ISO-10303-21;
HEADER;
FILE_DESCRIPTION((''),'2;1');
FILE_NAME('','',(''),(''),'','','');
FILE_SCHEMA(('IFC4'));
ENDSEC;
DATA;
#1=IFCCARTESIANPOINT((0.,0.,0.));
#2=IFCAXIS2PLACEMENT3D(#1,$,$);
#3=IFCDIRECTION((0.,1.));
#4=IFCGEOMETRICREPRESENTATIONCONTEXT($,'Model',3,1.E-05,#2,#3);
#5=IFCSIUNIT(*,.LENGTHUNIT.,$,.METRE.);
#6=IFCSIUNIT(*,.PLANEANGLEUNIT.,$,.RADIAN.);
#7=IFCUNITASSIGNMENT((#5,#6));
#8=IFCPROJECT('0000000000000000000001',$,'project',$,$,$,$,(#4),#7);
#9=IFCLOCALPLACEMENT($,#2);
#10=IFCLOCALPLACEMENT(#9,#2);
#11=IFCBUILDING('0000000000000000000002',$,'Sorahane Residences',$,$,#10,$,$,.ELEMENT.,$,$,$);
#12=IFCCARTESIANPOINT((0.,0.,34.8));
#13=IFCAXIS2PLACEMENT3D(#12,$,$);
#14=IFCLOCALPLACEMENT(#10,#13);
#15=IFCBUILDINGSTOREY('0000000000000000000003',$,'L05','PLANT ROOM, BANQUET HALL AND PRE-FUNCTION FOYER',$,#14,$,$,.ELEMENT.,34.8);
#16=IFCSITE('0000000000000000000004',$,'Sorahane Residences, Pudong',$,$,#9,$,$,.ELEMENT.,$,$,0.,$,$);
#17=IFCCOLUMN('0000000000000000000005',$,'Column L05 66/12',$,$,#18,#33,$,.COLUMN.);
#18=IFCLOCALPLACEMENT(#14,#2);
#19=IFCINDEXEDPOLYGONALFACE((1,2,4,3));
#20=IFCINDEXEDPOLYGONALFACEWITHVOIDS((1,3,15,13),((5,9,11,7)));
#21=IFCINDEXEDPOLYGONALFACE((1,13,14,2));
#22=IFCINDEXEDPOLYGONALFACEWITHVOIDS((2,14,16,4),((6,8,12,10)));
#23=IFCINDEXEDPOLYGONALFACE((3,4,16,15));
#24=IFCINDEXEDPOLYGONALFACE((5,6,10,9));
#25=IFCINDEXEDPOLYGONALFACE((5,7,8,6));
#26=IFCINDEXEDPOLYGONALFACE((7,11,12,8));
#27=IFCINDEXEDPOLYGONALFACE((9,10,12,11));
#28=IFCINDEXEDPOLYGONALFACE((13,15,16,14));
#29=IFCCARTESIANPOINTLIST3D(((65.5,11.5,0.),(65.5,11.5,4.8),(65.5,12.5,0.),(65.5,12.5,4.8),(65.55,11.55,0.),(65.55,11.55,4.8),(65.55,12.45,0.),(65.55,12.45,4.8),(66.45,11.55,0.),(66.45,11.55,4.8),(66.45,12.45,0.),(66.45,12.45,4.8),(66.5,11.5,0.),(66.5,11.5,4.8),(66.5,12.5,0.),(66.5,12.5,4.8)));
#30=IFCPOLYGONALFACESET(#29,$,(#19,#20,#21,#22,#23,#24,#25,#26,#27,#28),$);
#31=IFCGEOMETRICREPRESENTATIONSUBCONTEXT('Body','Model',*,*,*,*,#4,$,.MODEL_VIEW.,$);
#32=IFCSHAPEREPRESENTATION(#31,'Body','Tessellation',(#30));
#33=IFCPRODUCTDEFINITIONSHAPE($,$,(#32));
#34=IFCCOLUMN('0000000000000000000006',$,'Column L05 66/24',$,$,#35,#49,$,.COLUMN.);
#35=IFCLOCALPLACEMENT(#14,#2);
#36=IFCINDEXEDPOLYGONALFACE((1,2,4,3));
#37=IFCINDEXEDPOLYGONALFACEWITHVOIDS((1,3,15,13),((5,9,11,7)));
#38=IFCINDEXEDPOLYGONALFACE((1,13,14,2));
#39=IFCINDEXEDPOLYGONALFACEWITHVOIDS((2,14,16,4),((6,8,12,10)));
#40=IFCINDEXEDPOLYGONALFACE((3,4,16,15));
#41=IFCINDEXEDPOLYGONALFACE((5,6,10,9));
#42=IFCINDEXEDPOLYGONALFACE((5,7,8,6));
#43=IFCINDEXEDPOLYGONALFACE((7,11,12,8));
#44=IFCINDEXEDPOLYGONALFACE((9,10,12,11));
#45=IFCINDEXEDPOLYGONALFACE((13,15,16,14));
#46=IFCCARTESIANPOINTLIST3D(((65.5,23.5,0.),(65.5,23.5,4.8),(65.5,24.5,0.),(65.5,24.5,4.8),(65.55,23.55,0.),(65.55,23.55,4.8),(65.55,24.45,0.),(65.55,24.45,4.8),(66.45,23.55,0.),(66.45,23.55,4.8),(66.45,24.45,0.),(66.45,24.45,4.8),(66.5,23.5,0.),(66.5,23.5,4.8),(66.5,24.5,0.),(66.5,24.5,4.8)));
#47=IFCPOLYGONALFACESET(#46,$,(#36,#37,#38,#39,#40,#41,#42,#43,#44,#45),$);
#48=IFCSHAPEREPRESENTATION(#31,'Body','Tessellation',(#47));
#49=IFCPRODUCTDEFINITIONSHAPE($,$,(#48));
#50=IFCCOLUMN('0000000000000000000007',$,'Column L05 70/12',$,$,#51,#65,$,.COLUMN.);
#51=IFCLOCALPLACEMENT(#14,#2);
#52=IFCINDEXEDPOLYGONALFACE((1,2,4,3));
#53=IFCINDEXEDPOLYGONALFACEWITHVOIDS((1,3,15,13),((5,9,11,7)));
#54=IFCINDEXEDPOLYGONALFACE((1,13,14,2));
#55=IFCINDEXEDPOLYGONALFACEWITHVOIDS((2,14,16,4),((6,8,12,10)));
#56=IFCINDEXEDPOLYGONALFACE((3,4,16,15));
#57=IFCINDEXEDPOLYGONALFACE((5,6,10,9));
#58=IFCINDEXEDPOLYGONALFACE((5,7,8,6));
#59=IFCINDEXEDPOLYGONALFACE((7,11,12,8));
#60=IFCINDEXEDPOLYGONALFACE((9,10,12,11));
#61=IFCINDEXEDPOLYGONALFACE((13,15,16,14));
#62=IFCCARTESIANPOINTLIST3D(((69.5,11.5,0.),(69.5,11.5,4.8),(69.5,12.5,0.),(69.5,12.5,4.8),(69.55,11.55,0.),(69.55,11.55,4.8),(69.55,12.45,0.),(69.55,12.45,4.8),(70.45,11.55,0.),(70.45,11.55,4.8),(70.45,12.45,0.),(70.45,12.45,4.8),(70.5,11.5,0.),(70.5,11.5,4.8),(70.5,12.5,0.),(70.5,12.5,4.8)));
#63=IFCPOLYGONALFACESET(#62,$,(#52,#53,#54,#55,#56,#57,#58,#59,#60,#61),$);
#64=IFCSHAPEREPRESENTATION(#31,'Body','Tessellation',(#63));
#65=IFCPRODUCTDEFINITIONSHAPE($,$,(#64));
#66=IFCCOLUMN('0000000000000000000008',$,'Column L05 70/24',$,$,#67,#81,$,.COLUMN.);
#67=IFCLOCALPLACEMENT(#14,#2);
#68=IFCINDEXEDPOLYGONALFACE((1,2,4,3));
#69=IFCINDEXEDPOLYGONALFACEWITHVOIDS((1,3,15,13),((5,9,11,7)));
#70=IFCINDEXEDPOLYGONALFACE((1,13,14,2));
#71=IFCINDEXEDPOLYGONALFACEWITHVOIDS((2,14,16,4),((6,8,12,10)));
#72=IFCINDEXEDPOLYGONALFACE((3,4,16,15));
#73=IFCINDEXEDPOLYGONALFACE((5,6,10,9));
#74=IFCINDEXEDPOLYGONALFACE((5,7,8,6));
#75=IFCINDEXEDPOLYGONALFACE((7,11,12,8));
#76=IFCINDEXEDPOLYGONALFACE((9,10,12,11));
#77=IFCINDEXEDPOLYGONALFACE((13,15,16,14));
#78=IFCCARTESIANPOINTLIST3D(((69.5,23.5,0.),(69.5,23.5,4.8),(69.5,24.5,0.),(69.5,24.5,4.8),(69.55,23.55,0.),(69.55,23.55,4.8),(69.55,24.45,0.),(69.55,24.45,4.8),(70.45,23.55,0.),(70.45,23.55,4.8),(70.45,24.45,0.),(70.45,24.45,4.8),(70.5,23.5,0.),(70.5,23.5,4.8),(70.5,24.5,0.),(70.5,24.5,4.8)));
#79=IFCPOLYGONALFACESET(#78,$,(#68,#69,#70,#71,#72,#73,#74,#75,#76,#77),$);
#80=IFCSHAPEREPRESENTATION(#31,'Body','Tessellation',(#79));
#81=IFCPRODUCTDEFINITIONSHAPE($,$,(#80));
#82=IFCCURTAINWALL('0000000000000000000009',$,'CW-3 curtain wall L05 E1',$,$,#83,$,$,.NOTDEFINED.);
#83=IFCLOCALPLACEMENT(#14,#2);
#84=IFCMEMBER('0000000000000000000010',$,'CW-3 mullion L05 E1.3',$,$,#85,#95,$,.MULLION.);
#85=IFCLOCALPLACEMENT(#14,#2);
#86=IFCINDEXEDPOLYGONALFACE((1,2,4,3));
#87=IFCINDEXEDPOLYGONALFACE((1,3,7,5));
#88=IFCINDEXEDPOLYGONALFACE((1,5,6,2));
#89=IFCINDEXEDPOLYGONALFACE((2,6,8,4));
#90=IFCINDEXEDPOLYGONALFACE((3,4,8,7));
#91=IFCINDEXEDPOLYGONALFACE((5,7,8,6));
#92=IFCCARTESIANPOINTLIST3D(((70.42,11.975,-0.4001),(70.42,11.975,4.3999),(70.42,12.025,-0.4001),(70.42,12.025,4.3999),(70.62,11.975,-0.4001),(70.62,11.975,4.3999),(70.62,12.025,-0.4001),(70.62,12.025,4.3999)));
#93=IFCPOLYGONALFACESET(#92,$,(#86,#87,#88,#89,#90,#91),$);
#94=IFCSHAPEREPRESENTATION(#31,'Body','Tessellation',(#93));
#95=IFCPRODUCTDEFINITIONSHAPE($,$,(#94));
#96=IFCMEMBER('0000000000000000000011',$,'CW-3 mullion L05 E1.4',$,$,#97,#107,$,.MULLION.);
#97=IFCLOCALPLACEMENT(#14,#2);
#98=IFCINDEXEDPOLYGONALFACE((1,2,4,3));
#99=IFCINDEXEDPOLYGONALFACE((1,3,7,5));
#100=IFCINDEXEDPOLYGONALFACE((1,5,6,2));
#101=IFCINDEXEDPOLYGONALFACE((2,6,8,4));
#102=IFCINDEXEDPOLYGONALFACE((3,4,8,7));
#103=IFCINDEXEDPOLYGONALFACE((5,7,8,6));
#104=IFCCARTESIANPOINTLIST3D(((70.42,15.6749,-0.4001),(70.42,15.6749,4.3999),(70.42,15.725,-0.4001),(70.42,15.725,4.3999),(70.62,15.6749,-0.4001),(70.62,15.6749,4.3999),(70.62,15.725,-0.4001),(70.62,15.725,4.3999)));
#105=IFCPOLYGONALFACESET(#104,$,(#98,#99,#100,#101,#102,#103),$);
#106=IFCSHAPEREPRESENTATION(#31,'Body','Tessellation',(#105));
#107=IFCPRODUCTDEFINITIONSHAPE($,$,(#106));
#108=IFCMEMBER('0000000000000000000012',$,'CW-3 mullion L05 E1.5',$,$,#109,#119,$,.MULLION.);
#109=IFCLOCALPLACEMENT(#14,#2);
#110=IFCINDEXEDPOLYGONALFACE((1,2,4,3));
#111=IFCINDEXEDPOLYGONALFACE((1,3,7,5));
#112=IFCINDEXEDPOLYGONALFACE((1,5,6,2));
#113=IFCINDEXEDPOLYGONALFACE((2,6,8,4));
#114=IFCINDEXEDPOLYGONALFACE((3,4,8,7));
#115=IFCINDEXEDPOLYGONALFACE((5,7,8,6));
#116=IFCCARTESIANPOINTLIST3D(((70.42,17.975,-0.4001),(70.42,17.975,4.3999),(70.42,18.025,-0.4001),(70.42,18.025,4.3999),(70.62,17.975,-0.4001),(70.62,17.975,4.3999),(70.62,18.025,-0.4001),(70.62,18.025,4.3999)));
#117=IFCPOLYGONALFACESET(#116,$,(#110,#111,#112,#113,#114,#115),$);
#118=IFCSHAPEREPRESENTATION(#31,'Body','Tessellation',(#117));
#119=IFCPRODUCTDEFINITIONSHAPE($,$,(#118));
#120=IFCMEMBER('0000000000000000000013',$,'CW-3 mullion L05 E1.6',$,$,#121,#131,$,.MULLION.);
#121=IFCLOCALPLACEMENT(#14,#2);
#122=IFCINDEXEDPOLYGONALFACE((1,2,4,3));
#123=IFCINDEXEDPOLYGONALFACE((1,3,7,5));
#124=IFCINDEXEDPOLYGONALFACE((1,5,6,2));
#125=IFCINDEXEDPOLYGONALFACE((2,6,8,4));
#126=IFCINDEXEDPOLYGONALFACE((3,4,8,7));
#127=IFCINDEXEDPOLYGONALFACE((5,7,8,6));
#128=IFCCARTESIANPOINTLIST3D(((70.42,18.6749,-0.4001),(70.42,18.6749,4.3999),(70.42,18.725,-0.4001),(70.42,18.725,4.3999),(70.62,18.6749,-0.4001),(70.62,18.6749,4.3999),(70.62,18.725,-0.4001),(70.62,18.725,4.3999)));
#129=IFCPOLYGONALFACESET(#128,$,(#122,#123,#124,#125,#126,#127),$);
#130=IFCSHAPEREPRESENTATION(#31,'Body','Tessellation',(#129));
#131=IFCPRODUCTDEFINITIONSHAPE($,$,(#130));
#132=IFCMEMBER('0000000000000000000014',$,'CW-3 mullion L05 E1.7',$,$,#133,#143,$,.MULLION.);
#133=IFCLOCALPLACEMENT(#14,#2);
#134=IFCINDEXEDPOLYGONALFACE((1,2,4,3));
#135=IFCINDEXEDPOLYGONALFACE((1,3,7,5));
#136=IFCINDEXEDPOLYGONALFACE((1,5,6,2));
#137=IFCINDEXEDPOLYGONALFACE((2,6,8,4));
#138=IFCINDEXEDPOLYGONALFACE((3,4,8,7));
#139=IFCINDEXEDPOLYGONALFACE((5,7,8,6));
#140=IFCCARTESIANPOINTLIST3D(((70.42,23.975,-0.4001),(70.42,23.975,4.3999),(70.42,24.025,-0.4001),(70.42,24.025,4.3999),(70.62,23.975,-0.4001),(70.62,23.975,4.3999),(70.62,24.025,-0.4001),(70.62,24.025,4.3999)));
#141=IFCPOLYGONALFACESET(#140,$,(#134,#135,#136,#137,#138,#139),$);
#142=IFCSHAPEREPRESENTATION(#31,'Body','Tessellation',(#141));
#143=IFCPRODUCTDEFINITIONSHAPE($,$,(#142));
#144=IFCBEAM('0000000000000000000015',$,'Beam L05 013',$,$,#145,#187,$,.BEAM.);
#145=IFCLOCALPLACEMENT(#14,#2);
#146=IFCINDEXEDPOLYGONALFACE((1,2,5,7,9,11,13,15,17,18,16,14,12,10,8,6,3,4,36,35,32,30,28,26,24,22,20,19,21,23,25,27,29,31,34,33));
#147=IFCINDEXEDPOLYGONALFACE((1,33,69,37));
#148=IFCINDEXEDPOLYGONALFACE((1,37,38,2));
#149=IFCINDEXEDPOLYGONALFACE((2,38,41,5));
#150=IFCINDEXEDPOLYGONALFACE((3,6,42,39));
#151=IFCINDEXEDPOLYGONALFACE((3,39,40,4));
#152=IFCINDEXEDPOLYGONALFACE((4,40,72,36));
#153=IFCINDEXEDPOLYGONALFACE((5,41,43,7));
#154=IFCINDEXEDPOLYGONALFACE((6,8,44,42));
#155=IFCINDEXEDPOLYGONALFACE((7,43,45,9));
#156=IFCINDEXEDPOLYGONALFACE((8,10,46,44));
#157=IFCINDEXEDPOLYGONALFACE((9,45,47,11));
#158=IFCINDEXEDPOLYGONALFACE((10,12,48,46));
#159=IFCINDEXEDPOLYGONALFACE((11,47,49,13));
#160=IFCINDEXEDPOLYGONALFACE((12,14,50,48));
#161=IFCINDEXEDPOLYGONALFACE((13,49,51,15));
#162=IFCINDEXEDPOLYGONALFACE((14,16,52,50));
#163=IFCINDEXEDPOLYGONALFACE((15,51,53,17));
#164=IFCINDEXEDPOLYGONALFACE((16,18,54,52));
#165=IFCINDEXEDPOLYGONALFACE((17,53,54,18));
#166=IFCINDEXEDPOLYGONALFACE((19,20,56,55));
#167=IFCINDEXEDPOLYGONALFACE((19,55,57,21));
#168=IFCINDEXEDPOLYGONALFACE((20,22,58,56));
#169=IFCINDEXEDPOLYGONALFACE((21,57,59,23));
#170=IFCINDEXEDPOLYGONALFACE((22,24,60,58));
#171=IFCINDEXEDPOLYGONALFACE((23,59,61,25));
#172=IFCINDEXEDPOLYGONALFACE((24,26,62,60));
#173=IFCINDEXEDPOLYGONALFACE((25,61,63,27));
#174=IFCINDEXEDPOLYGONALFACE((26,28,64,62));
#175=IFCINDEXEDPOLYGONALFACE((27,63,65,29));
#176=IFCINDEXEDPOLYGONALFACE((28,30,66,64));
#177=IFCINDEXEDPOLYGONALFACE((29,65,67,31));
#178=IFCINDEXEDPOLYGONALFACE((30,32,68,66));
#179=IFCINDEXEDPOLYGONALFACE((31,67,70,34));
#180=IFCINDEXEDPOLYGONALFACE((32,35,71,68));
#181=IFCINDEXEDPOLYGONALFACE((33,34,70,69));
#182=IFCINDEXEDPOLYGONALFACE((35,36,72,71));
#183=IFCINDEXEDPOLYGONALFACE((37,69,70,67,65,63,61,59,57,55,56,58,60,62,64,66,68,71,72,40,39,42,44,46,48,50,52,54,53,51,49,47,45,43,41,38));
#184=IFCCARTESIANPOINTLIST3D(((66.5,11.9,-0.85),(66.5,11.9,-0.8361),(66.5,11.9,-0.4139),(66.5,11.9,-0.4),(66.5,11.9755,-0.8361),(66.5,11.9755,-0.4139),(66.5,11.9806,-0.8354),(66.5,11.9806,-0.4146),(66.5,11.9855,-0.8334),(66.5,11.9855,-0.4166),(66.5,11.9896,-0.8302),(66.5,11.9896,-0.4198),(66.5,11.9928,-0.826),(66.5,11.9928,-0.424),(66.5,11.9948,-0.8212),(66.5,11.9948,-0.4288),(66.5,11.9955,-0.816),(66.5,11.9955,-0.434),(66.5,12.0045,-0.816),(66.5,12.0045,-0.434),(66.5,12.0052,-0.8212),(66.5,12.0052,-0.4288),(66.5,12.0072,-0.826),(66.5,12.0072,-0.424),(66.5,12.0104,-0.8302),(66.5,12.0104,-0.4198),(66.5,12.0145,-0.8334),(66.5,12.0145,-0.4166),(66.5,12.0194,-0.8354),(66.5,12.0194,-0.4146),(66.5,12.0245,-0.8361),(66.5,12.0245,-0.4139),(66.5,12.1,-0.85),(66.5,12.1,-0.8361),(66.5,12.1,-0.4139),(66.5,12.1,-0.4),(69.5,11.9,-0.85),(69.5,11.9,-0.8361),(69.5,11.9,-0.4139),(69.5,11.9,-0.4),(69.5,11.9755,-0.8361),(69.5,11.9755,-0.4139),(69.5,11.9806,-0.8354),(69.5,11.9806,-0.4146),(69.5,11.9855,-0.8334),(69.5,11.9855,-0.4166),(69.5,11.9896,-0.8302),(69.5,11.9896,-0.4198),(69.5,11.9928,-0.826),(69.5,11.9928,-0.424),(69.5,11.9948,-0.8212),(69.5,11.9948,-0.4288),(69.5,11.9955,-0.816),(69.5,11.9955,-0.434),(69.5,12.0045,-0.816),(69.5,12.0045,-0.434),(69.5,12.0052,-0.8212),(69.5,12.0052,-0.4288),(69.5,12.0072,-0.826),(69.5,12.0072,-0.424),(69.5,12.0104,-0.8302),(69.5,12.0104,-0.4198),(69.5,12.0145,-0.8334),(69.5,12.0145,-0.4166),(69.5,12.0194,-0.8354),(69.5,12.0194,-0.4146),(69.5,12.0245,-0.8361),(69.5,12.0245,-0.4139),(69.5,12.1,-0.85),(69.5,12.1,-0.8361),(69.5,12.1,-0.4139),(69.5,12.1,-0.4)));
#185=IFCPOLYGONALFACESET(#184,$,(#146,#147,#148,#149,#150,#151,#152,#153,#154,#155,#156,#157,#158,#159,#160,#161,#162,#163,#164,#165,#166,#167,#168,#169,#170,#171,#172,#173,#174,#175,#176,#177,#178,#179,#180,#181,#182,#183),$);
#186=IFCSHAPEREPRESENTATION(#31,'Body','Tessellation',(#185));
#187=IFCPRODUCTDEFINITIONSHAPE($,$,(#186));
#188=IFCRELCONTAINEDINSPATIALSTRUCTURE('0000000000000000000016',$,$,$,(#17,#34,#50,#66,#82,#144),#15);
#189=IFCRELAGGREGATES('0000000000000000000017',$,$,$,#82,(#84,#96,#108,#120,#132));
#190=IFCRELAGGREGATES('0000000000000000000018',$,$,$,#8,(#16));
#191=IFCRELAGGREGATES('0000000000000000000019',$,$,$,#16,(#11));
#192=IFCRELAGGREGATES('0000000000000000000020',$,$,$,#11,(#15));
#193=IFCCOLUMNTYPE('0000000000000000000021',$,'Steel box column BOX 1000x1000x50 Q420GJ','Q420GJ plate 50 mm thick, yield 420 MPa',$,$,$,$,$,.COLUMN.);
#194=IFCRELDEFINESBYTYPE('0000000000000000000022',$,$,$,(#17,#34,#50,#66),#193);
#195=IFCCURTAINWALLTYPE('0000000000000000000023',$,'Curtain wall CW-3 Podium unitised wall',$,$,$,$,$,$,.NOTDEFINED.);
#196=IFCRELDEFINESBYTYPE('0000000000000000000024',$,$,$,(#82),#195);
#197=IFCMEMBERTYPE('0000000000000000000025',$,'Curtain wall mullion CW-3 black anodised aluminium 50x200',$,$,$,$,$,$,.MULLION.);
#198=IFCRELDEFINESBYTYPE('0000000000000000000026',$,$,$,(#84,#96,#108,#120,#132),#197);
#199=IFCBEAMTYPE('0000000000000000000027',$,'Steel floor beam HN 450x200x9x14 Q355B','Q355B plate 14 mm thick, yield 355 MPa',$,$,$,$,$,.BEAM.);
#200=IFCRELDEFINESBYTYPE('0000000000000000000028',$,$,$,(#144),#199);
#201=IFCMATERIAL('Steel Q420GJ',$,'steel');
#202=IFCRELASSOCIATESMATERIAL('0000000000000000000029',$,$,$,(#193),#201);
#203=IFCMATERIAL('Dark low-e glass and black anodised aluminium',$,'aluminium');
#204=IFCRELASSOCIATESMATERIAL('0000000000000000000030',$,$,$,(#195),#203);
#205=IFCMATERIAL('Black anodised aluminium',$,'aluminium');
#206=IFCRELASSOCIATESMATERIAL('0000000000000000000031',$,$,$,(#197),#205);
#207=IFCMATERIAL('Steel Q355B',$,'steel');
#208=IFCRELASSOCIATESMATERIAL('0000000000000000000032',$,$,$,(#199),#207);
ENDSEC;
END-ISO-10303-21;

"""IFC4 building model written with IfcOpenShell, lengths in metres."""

from ifc_helpers import new_model, si_unit, direction, frame, origin, origin_2d, place, context, subcontext, project, spatial, rectangle, hollow_rectangle, i_section, extrude, material, material_profile, profile_set, type_object, element, aggregate, save


model = new_model("IFC4")

# Units and contexts
model_context = context("Model", 3, precision=1e-05, world=origin(), true_north=direction((0.0, 1.0)))
body_context = subcontext(model_context, "Body", "Model", "MODEL_VIEW")
ifc_project = project(units=[si_unit("LENGTHUNIT", "METRE"), si_unit("PLANEANGLEUNIT", "RADIAN")], contexts=[model_context])

# Site, building, storey
site_placement = place(None, origin())
site = spatial("IfcSite", under=ifc_project, at=site_placement, Name="Sorahane Residences, Pudong", CompositionType="ELEMENT", RefElevation=0.0)
building_placement = place(site_placement, origin())
building = spatial("IfcBuilding", under=site, at=building_placement, Name="Sorahane Residences", CompositionType="ELEMENT")
storey_placement = place(building_placement, frame((0.0, 0.0, 34.8)))
storey = spatial("IfcBuildingStorey", under=building, at=storey_placement, Name="L05", Description="PLANT ROOM, BANQUET HALL AND PRE-FUNCTION FOYER", CompositionType="ELEMENT", Elevation=34.8)

# Columns
ifc_material_1 = material(Name="Steel Q420GJ", Category="steel")
ifc_material_profile_1 = material_profile(ifc_material_1, hollow_rectangle(XDim=1.0, YDim=1.0, WallThickness=0.05, at=origin_2d()), Name="BOX 1000x1000x50")
ifc_profile_set_1 = profile_set([ifc_material_profile_1], Name="Steel Q420GJ")
column_type = type_object("IfcColumnType", Name="Steel box column BOX 1000x1000x50 Q420GJ", Description="Q420GJ plate 50 mm thick, yield 420 MPa", PredefinedType="COLUMN", material=ifc_profile_set_1)
for number, where, z_axis, x_axis, name in (
    (1, (66.0, 12.0, 0.0), (0.0, 0.0, 1.0), (1.0, 0.0, 0.0), "Column L05 66/12"),
    (2, (66.0, 24.0, 0.0), (0.0, 0.0, 1.0), (1.0, 0.0, 0.0), "Column L05 66/24"),
    (3, (70.0, 12.0, 0.0), (0.0, 0.0, 1.0), (1.0, 0.0, 0.0), "Column L05 70/12"),
    (4, (70.0, 24.0, 0.0), (0.0, 0.0, 1.0), (1.0, 0.0, 0.0), "Column L05 70/24"),
):
    element("IfcColumn", number, at=place(storey_placement, frame(where, z_axis=z_axis, x_axis=x_axis)), inside=storey, type_object=column_type, Name=name, PredefinedType="COLUMN", context=body_context, shape_type="SweptSolid", body=[
        extrude(hollow_rectangle(XDim=1.0, YDim=1.0, WallThickness=0.05, at=origin_2d()), origin(), (0.0, 0.0, 1.0), 4.8),
    ])

# Curtain wall, members
ifc_material_2 = material(Name="Dark low-e glass and black anodised aluminium", Category="aluminium")
curtain_wall_type = type_object("IfcCurtainWallType", Name="Curtain wall CW-3 Podium unitised wall", PredefinedType="NOTDEFINED", material=ifc_material_2)
curtain_wall_placement = place(storey_placement, origin())
curtain_wall = element("IfcCurtainWall", 5, at=curtain_wall_placement, inside=storey, type_object=curtain_wall_type, Name="CW-3 curtain wall L05 E1", PredefinedType="NOTDEFINED")
ifc_material_3 = material(Name="Black anodised aluminium", Category="aluminium")
ifc_material_profile_2 = material_profile(ifc_material_3, rectangle(XDim=0.2, YDim=0.05, at=origin_2d()), Name="Curtain wall mullion CW-3 black anodised aluminium 50x200")
ifc_profile_set_2 = profile_set([ifc_material_profile_2], Name="Black anodised aluminium")
member_type = type_object("IfcMemberType", Name="Curtain wall mullion CW-3 black anodised aluminium 50x200", PredefinedType="MULLION", material=ifc_profile_set_2)
member_1_placement = place(storey_placement, frame((70.52, 12.0, -0.4001), z_axis=(0.0, 0.0, 1.0), x_axis=(1.0, 0.0, 0.0)))
member_1 = element("IfcMember", 6, at=member_1_placement, type_object=member_type, Name="CW-3 mullion L05 E1.3", PredefinedType="MULLION", context=body_context, shape_type="SweptSolid", body=[
    extrude(rectangle(XDim=0.2, YDim=0.05, at=origin_2d()), origin(), (0.0, 0.0, 1.0), 4.8),
])
member_2_placement = place(storey_placement, frame((70.52, 15.7, -0.4001), z_axis=(0.0, 0.0, 1.0), x_axis=(1.0, 0.0, 0.0)))
member_2 = element("IfcMember", 7, at=member_2_placement, type_object=member_type, Name="CW-3 mullion L05 E1.4", PredefinedType="MULLION", context=body_context, shape_type="SweptSolid", body=[
    extrude(rectangle(XDim=0.2, YDim=0.05, at=origin_2d()), origin(), (0.0, 0.0, 1.0), 4.8),
])
member_3_placement = place(storey_placement, frame((70.52, 18.0, -0.4001), z_axis=(0.0, 0.0, 1.0), x_axis=(1.0, 0.0, 0.0)))
member_3 = element("IfcMember", 8, at=member_3_placement, type_object=member_type, Name="CW-3 mullion L05 E1.5", PredefinedType="MULLION", context=body_context, shape_type="SweptSolid", body=[
    extrude(rectangle(XDim=0.2, YDim=0.05, at=origin_2d()), origin(), (0.0, 0.0, 1.0), 4.8),
])
member_4_placement = place(storey_placement, frame((70.52, 18.7, -0.4001), z_axis=(0.0, 0.0, 1.0), x_axis=(1.0, 0.0, 0.0)))
member_4 = element("IfcMember", 9, at=member_4_placement, type_object=member_type, Name="CW-3 mullion L05 E1.6", PredefinedType="MULLION", context=body_context, shape_type="SweptSolid", body=[
    extrude(rectangle(XDim=0.2, YDim=0.05, at=origin_2d()), origin(), (0.0, 0.0, 1.0), 4.8),
])
member_5_placement = place(storey_placement, frame((70.52, 24.0, -0.4001), z_axis=(0.0, 0.0, 1.0), x_axis=(1.0, 0.0, 0.0)))
member_5 = element("IfcMember", 10, at=member_5_placement, type_object=member_type, Name="CW-3 mullion L05 E1.7", PredefinedType="MULLION", context=body_context, shape_type="SweptSolid", body=[
    extrude(rectangle(XDim=0.2, YDim=0.05, at=origin_2d()), origin(), (0.0, 0.0, 1.0), 4.8),
])

# Beam
ifc_material_4 = material(Name="Steel Q355B", Category="steel")
ifc_material_profile_3 = material_profile(ifc_material_4, i_section(OverallWidth=0.2, OverallDepth=0.45, WebThickness=0.009, FlangeThickness=0.0139, FilletRadius=0.02, at=origin_2d()), Name="HN 450x200x9x14")
ifc_profile_set_3 = profile_set([ifc_material_profile_3], Name="Steel Q355B")
beam_type_1 = type_object("IfcBeamType", Name="Steel floor beam HN 450x200x9x14 Q355B", Description="Q355B plate 14 mm thick, yield 355 MPa", PredefinedType="BEAM", material=ifc_profile_set_3)
for number, where, z_axis, x_axis, name in (
    (11, (66.5, 12.0, -0.625), (1.0, 0.0, 0.0), (0.0, 1.0, 0.0), "Beam L05 013"),
):
    element("IfcBeam", number, at=place(storey_placement, frame(where, z_axis=z_axis, x_axis=x_axis)), inside=storey, type_object=beam_type_1, Name=name, PredefinedType="BEAM", context=body_context, shape_type="SweptSolid", body=[
        extrude(i_section(OverallWidth=0.2, OverallDepth=0.45, WebThickness=0.009, FlangeThickness=0.0139, FilletRadius=0.02, at=origin_2d()), origin(), (0.0, 0.0, 1.0), 3.0),
    ])

aggregate(curtain_wall, [member_1, member_2, member_3, member_4, member_5])

save(model, "model.ifc")
